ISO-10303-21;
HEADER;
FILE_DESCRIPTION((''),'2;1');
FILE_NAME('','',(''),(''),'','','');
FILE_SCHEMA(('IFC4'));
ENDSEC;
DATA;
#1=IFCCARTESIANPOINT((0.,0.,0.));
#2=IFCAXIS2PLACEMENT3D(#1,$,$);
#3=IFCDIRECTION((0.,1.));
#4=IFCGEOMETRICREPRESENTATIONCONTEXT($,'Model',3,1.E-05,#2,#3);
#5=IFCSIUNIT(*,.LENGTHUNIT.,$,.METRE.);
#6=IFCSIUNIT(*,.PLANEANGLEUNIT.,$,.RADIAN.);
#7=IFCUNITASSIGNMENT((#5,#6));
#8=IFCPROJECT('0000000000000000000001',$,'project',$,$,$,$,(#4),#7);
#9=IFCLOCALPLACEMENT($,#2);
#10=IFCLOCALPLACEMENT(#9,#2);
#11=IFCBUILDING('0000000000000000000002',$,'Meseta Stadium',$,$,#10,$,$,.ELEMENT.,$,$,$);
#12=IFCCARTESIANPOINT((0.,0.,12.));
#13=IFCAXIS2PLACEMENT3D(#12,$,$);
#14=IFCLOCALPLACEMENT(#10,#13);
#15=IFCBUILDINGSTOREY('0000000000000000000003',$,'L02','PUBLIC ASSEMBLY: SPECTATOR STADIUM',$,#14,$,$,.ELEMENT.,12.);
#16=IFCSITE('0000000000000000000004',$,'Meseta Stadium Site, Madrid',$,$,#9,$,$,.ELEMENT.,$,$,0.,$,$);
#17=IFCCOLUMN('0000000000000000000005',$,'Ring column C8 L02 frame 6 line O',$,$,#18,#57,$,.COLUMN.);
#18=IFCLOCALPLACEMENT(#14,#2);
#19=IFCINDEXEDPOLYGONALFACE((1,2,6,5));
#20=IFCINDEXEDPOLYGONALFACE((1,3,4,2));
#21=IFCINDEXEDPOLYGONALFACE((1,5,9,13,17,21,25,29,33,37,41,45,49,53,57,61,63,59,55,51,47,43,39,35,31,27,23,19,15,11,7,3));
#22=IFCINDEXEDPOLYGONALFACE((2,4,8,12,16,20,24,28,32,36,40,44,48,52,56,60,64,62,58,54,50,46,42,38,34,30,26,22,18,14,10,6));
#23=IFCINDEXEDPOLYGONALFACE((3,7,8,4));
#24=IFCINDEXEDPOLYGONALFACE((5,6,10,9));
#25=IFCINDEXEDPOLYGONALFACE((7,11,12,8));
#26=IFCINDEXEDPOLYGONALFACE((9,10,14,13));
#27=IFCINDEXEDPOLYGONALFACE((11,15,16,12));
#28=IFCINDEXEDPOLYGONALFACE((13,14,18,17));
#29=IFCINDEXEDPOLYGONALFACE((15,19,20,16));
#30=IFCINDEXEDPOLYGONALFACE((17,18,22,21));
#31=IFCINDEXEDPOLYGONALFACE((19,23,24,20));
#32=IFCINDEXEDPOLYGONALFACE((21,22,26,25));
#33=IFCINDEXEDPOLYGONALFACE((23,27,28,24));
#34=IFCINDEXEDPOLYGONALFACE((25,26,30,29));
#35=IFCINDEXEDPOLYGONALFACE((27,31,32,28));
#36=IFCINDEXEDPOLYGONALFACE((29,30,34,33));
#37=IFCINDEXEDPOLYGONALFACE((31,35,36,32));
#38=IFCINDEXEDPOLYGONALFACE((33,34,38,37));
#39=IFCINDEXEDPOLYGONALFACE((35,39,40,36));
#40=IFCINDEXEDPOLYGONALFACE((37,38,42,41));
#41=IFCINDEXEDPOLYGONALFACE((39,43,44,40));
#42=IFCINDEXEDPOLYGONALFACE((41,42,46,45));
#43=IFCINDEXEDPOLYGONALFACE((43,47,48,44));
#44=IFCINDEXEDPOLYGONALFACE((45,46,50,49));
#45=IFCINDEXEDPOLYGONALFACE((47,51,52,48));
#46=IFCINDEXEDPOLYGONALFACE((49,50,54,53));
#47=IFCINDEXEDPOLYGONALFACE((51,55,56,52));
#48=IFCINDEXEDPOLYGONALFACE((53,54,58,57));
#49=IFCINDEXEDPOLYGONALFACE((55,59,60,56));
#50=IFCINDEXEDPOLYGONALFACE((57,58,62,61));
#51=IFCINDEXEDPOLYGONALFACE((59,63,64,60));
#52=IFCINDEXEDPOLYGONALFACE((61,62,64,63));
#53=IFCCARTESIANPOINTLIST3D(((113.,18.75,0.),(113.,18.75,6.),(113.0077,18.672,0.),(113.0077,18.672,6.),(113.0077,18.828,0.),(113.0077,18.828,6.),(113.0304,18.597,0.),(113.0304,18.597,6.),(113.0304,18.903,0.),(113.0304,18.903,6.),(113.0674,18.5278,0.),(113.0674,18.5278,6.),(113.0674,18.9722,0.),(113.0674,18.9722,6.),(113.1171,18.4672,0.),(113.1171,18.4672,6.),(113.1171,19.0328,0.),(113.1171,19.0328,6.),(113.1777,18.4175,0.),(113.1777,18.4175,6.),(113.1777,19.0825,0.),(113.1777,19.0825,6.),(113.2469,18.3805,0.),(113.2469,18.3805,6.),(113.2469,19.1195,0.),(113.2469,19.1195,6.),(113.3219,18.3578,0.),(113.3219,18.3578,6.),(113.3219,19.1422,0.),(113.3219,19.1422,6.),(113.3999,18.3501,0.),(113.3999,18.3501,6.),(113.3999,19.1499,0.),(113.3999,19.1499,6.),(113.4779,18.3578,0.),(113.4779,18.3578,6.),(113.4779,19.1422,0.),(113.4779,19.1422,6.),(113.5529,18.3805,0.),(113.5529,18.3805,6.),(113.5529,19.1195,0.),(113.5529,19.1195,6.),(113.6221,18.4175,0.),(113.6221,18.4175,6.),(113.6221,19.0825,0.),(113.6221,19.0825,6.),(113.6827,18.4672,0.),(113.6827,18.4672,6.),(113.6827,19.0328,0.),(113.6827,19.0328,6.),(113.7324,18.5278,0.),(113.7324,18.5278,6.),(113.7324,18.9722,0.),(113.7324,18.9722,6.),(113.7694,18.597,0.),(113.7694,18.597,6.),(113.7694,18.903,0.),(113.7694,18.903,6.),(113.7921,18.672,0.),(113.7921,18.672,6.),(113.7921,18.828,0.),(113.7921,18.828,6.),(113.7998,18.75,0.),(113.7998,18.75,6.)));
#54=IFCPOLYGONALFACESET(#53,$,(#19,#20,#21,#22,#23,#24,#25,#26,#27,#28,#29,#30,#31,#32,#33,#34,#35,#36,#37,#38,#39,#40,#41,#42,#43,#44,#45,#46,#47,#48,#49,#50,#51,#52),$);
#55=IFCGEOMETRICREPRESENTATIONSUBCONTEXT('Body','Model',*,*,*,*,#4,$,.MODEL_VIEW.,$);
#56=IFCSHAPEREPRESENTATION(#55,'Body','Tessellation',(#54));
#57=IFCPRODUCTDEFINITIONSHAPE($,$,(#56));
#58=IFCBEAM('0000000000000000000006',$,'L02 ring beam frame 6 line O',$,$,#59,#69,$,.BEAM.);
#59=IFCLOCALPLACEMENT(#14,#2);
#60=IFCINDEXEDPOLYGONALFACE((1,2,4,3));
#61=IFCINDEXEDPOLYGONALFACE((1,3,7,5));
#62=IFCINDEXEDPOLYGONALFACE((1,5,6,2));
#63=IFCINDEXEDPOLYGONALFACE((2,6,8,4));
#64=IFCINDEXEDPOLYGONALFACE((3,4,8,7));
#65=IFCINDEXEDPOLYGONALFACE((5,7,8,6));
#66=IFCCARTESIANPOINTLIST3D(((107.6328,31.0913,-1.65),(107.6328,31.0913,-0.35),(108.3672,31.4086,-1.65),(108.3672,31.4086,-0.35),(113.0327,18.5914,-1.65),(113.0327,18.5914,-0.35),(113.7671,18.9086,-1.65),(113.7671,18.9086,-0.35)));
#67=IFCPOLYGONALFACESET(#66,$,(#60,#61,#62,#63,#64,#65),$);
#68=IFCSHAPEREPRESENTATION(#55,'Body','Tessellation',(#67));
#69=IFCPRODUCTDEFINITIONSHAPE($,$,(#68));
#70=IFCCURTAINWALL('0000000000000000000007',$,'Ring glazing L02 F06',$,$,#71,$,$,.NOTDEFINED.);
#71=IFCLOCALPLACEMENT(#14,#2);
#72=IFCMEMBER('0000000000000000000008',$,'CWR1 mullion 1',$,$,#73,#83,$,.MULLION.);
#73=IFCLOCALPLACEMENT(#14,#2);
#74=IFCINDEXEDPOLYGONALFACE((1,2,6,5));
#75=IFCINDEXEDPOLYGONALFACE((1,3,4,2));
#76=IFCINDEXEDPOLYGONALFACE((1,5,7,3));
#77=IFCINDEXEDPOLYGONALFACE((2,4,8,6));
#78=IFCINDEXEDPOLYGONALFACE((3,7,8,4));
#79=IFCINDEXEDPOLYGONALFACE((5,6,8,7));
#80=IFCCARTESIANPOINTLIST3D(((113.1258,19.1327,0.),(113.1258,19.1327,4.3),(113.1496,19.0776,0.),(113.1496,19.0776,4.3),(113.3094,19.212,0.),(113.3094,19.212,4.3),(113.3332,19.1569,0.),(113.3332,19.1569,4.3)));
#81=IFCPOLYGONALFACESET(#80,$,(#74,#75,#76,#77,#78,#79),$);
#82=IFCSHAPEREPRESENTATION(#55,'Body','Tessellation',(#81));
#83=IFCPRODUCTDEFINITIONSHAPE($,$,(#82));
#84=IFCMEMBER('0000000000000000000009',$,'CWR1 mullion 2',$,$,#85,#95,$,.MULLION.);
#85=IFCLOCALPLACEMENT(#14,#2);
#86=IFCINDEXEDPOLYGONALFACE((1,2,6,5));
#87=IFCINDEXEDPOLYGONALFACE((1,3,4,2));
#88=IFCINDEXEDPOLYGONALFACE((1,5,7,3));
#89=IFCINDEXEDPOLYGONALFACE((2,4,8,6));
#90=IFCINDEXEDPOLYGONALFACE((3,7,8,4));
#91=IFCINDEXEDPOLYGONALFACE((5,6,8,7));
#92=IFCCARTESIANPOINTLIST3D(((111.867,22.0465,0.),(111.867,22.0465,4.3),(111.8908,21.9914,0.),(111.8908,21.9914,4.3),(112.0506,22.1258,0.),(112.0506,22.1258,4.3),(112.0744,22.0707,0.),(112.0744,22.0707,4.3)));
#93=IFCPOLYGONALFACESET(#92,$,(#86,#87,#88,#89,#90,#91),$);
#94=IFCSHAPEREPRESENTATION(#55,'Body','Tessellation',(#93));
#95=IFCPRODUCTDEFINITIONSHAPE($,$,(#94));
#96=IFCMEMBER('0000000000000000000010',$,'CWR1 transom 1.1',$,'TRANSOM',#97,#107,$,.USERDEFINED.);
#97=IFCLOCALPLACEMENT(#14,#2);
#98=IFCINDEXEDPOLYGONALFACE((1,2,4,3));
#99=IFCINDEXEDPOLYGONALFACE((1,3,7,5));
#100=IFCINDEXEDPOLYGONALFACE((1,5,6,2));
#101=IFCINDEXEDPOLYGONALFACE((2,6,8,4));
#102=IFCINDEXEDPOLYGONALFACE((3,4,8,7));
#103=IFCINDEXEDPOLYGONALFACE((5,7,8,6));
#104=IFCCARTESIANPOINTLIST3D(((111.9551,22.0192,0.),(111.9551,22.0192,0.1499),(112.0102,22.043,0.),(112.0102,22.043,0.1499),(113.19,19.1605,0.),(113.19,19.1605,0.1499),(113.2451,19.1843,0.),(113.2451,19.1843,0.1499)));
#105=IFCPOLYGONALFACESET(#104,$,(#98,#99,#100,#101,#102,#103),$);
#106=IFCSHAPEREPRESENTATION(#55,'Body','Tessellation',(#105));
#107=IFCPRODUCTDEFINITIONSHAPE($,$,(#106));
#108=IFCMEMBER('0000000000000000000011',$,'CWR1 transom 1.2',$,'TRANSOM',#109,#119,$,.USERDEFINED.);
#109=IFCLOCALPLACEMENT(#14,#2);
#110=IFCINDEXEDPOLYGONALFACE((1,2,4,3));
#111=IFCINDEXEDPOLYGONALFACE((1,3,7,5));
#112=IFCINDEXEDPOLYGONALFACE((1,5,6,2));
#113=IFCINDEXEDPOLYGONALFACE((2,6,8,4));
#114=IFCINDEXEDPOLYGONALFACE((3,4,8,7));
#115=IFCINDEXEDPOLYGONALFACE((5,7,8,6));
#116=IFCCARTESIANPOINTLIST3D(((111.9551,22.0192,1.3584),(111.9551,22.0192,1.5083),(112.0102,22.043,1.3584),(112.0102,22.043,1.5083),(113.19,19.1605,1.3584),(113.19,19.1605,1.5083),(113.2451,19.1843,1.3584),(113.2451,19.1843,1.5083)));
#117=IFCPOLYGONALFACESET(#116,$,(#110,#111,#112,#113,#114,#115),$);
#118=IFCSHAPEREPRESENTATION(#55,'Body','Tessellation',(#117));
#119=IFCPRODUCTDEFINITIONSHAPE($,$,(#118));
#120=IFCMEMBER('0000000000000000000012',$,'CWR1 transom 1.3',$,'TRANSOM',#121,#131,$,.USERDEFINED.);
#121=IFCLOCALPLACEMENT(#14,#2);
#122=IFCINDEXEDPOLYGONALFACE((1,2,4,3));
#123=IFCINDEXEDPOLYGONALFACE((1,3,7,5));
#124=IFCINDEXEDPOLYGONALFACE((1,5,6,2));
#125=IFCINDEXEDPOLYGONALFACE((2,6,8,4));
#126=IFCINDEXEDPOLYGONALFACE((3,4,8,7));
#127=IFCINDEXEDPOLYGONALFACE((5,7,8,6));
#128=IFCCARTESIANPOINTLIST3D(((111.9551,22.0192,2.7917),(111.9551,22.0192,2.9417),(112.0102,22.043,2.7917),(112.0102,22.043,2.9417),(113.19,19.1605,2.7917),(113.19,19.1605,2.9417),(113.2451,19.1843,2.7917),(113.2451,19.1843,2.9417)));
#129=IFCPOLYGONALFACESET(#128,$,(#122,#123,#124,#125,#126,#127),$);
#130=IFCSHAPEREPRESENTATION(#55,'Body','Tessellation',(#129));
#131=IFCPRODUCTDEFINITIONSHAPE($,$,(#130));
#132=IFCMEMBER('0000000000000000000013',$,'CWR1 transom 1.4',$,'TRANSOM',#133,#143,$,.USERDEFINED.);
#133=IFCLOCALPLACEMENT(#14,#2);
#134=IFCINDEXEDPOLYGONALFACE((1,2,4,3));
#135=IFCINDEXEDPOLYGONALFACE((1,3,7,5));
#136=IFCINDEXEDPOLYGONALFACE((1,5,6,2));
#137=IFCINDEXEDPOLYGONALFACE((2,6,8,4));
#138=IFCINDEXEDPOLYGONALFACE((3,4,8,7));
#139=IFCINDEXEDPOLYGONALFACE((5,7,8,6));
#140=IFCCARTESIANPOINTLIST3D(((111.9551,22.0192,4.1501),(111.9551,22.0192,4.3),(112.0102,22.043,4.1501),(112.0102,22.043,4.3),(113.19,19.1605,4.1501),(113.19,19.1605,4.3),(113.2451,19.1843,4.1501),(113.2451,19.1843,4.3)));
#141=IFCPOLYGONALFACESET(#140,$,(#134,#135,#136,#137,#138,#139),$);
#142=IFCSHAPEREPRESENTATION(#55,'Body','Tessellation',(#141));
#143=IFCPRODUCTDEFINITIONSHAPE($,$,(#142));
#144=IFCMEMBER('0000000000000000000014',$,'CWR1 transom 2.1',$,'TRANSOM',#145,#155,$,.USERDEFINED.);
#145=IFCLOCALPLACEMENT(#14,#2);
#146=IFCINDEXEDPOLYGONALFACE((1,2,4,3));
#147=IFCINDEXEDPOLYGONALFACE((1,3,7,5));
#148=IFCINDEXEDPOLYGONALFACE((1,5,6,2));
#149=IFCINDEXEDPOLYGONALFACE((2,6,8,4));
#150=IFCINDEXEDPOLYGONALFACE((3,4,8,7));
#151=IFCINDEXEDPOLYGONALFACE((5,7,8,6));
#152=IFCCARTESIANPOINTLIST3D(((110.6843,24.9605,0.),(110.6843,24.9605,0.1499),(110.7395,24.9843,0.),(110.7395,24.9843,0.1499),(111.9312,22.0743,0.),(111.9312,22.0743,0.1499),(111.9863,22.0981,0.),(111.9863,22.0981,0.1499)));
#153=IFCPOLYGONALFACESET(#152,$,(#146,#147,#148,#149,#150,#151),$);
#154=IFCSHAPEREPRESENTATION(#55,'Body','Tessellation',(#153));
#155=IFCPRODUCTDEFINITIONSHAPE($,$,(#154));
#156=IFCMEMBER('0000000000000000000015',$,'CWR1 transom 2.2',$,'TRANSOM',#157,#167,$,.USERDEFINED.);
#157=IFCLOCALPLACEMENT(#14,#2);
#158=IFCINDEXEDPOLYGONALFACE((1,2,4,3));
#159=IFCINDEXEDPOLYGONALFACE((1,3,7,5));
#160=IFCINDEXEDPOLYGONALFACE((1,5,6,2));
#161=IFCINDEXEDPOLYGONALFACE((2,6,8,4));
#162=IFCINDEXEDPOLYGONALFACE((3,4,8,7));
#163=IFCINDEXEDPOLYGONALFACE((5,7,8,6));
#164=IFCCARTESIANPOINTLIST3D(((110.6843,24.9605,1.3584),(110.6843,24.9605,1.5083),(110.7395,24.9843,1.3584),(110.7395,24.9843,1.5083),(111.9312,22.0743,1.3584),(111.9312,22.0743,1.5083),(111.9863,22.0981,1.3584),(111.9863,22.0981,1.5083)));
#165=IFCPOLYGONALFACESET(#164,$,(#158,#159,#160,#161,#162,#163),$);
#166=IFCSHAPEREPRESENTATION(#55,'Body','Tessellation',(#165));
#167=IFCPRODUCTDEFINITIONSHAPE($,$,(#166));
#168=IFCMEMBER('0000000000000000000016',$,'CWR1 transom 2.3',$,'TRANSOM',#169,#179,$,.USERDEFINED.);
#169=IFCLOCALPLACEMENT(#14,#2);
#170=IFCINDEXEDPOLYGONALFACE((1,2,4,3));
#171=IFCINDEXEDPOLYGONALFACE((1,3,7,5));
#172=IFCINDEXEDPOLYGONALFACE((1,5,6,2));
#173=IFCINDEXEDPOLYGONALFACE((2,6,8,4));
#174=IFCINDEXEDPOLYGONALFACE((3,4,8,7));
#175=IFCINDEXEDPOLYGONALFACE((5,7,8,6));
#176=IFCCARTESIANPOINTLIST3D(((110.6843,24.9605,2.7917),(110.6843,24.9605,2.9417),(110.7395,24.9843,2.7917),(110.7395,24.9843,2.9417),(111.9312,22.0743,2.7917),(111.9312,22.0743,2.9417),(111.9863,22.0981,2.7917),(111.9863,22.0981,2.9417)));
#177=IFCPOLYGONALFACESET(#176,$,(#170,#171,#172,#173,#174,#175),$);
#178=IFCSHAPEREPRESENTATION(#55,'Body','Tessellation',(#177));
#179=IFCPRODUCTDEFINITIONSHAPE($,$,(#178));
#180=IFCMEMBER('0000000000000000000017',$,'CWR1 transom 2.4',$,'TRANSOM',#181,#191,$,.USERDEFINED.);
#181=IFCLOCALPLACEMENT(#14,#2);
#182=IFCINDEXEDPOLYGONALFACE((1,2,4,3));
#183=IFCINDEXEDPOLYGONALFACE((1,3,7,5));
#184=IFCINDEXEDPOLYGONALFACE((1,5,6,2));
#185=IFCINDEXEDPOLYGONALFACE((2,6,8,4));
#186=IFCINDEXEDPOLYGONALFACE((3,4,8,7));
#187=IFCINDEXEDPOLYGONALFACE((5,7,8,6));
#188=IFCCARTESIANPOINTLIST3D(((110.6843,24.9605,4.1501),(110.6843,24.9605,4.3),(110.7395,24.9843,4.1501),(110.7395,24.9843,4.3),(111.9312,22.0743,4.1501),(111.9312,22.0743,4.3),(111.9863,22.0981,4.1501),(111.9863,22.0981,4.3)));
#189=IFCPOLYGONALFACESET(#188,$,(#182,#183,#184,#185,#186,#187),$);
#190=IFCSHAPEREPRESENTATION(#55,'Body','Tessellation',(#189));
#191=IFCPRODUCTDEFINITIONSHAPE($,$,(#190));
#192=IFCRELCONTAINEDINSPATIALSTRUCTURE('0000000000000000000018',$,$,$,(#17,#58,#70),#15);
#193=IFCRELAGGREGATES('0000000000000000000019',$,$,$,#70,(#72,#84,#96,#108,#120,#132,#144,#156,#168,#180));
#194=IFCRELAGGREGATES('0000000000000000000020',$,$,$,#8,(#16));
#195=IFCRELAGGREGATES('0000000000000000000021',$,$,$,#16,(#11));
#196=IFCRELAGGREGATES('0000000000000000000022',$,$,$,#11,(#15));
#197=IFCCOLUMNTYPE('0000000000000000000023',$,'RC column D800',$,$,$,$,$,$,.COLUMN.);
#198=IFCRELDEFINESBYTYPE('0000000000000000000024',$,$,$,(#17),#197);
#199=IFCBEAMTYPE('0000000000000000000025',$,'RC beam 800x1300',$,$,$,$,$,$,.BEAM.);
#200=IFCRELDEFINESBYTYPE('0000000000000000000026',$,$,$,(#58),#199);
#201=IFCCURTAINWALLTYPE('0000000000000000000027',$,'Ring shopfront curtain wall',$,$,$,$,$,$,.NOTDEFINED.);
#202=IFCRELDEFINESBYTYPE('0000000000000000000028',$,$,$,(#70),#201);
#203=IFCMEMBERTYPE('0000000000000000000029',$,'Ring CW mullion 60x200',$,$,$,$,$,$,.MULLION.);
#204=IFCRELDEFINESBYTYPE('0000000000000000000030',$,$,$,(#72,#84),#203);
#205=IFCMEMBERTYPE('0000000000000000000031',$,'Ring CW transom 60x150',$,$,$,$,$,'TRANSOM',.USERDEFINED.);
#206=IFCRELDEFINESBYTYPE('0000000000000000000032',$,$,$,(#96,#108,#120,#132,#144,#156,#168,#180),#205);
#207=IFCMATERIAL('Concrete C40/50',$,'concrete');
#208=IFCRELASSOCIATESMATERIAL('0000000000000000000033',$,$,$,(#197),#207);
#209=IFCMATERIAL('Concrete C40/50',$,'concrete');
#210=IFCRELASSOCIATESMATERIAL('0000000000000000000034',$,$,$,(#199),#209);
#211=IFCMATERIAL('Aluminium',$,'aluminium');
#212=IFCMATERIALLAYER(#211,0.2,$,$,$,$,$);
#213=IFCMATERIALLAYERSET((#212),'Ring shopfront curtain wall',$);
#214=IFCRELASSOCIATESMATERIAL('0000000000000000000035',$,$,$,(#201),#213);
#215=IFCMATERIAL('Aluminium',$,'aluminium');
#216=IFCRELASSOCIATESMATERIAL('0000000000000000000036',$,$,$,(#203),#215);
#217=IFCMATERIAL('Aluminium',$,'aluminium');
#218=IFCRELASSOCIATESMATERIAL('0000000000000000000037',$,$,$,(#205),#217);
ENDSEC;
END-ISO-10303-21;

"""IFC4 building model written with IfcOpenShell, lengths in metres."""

from ifc_helpers import new_model, si_unit, direction, frame, origin, origin_2d, place, context, subcontext, project, spatial, rectangle, circle, extrude, material, layer, layer_set, material_profile, profile_set, type_object, element, aggregate, save


model = new_model("IFC4")

# Units and contexts
model_context = context("Model", 3, precision=1e-05, world=origin(), true_north=direction((0.0, 1.0)))
body_context = subcontext(model_context, "Body", "Model", "MODEL_VIEW")
ifc_project = project(units=[si_unit("LENGTHUNIT", "METRE"), si_unit("PLANEANGLEUNIT", "RADIAN")], contexts=[model_context])

# Site, building, storey
site_placement = place(None, origin())
site = spatial("IfcSite", under=ifc_project, at=site_placement, Name="Meseta Stadium Site, Madrid", CompositionType="ELEMENT", RefElevation=0.0)
building_placement = place(site_placement, origin())
building = spatial("IfcBuilding", under=site, at=building_placement, Name="Meseta Stadium", CompositionType="ELEMENT")
storey_placement = place(building_placement, frame((0.0, 0.0, 12.0)))
storey = spatial("IfcBuildingStorey", under=building, at=storey_placement, Name="L02", Description="PUBLIC ASSEMBLY: SPECTATOR STADIUM", CompositionType="ELEMENT", Elevation=12.0)

# Column
ifc_material_1 = material(Name="Concrete C40/50", Category="concrete")
ifc_material_profile_1 = material_profile(ifc_material_1, circle(Radius=0.3999, at=origin_2d()), Name="RC D800")
ifc_profile_set_1 = profile_set([ifc_material_profile_1], Name="Concrete C40/50")
column_type = type_object("IfcColumnType", Name="RC column D800", PredefinedType="COLUMN", material=ifc_profile_set_1)
column_placement = place(storey_placement, frame((113.3999, 18.75, 0.0), z_axis=(0.0, 0.0, 1.0), x_axis=(1.0, 0.0, 0.0)))
element("IfcColumn", 1, at=column_placement, inside=storey, type_object=column_type, Name="Ring column C8 L02 frame 6 line O", PredefinedType="COLUMN", context=body_context, shape_type="SweptSolid", body=[
    extrude(circle(Radius=0.3999, at=origin_2d()), origin(), (0.0, 0.0, 1.0), 6.0),
])

# Beam
ifc_material_2 = material(Name="Concrete C40/50", Category="concrete")
ifc_material_profile_2 = material_profile(ifc_material_2, rectangle(XDim=0.8, YDim=1.3, at=origin_2d()), Name="RC 800x1300")
ifc_profile_set_2 = profile_set([ifc_material_profile_2], Name="Concrete C40/50")
beam_type = type_object("IfcBeamType", Name="RC beam 800x1300", PredefinedType="BEAM", material=ifc_profile_set_2)
beam_placement = place(storey_placement, frame((113.3999, 18.75, -1.0), z_axis=(-0.396571, 0.918004, 0.0), x_axis=(-0.918004, -0.396571, 0.0)))
element("IfcBeam", 2, at=beam_placement, inside=storey, type_object=beam_type, Name="L02 ring beam frame 6 line O", PredefinedType="BEAM", context=body_context, shape_type="SweptSolid", body=[
    extrude(rectangle(XDim=0.8, YDim=1.3, at=origin_2d()), origin(), (0.0, 0.0, 1.0), 13.6165),
])

# Curtain wall, members
ifc_material_3 = material(Name="Aluminium", Category="aluminium")
ifc_layer_1 = layer(ifc_material_3, 0.2)
ifc_layer_set_1 = layer_set([ifc_layer_1], Name="Ring shopfront curtain wall")
curtain_wall_type = type_object("IfcCurtainWallType", Name="Ring shopfront curtain wall", PredefinedType="NOTDEFINED", material=ifc_layer_set_1)
curtain_wall_placement = place(storey_placement, origin())
curtain_wall = element("IfcCurtainWall", 3, at=curtain_wall_placement, inside=storey, type_object=curtain_wall_type, Name="Ring glazing L02 F06", PredefinedType="NOTDEFINED")
ifc_material_4 = material(Name="Aluminium", Category="aluminium")
ifc_material_profile_3 = material_profile(ifc_material_4, rectangle(XDim=0.2, YDim=0.0601, at=origin_2d()), Name="CW 200x60")
ifc_profile_set_3 = profile_set([ifc_material_profile_3], Name="Aluminium")
member_type_1 = type_object("IfcMemberType", Name="Ring CW mullion 60x200", PredefinedType="MULLION", material=ifc_profile_set_3)
member_1_placement = place(storey_placement, frame((113.2295, 19.1448, 0.0), z_axis=(0.0, 0.0, 1.0), x_axis=(-0.918, -0.396581, 0.0)))
member_1 = element("IfcMember", 4, at=member_1_placement, type_object=member_type_1, Name="CWR1 mullion 1", PredefinedType="MULLION", context=body_context, shape_type="SweptSolid", body=[
    extrude(rectangle(XDim=0.2, YDim=0.0601, at=origin_2d()), origin(), (0.0, 0.0, 1.0), 4.3),
])
member_2_placement = place(storey_placement, frame((111.9707, 22.0586, 0.0), z_axis=(0.0, 0.0, 1.0), x_axis=(-0.918, -0.396581, 0.0)))
member_2 = element("IfcMember", 5, at=member_2_placement, type_object=member_type_1, Name="CWR1 mullion 2", PredefinedType="MULLION", context=body_context, shape_type="SweptSolid", body=[
    extrude(rectangle(XDim=0.2, YDim=0.0601, at=origin_2d()), origin(), (0.0, 0.0, 1.0), 4.3),
])
ifc_material_5 = material(Name="Aluminium", Category="aluminium")
ifc_material_profile_4 = material_profile(ifc_material_5, rectangle(XDim=0.0601, YDim=0.1499, at=origin_2d()), Name="CW 60x150")
ifc_profile_set_4 = profile_set([ifc_material_profile_4], Name="Aluminium")
member_type_2 = type_object("IfcMemberType", Name="Ring CW transom 60x150", ElementType="TRANSOM", PredefinedType="USERDEFINED", material=ifc_profile_set_4)
member_3_placement = place(storey_placement, frame((113.2175, 19.1724, 0.075), z_axis=(-0.396558, 0.91801, 0.0), x_axis=(-0.91801, -0.396558, 0.0)))
member_3 = element("IfcMember", 6, at=member_3_placement, type_object=member_type_2, Name="CWR1 transom 1.1", ObjectType="TRANSOM", PredefinedType="USERDEFINED", context=body_context, shape_type="SweptSolid", body=[
    extrude(rectangle(XDim=0.0601, YDim=0.1499, at=origin_2d()), origin(), (0.0, 0.0, 1.0), 3.114),
])
member_4_placement = place(storey_placement, frame((113.2175, 19.1724, 1.4333), z_axis=(-0.396558, 0.91801, 0.0), x_axis=(-0.91801, -0.396558, 0.0)))
member_4 = element("IfcMember", 7, at=member_4_placement, type_object=member_type_2, Name="CWR1 transom 1.2", ObjectType="TRANSOM", PredefinedType="USERDEFINED", context=body_context, shape_type="SweptSolid", body=[
    extrude(rectangle(XDim=0.0601, YDim=0.1499, at=origin_2d()), origin(), (0.0, 0.0, 1.0), 3.114),
])
member_5_placement = place(storey_placement, frame((113.2175, 19.1724, 2.8667), z_axis=(-0.396558, 0.91801, 0.0), x_axis=(-0.91801, -0.396558, 0.0)))
member_5 = element("IfcMember", 8, at=member_5_placement, type_object=member_type_2, Name="CWR1 transom 1.3", ObjectType="TRANSOM", PredefinedType="USERDEFINED", context=body_context, shape_type="SweptSolid", body=[
    extrude(rectangle(XDim=0.0601, YDim=0.1499, at=origin_2d()), origin(), (0.0, 0.0, 1.0), 3.114),
])
member_6_placement = place(storey_placement, frame((113.2175, 19.1724, 4.2251), z_axis=(-0.396558, 0.91801, 0.0), x_axis=(-0.91801, -0.396558, 0.0)))
member_6 = element("IfcMember", 9, at=member_6_placement, type_object=member_type_2, Name="CWR1 transom 1.4", ObjectType="TRANSOM", PredefinedType="USERDEFINED", context=body_context, shape_type="SweptSolid", body=[
    extrude(rectangle(XDim=0.0601, YDim=0.1499, at=origin_2d()), origin(), (0.0, 0.0, 1.0), 3.114),
])
member_7_placement = place(storey_placement, frame((111.9587, 22.0862, 0.075), z_axis=(-0.39657, 0.918005, 0.0), x_axis=(-0.918005, -0.39657, 0.0)))
member_7 = element("IfcMember", 10, at=member_7_placement, type_object=member_type_2, Name="CWR1 transom 2.1", ObjectType="TRANSOM", PredefinedType="USERDEFINED", context=body_context, shape_type="SweptSolid", body=[
    extrude(rectangle(XDim=0.0601, YDim=0.1499, at=origin_2d()), origin(), (0.0, 0.0, 1.0), 3.144),
])
member_8_placement = place(storey_placement, frame((111.9587, 22.0862, 1.4333), z_axis=(-0.39657, 0.918005, 0.0), x_axis=(-0.918005, -0.39657, 0.0)))
member_8 = element("IfcMember", 11, at=member_8_placement, type_object=member_type_2, Name="CWR1 transom 2.2", ObjectType="TRANSOM", PredefinedType="USERDEFINED", context=body_context, shape_type="SweptSolid", body=[
    extrude(rectangle(XDim=0.0601, YDim=0.1499, at=origin_2d()), origin(), (0.0, 0.0, 1.0), 3.144),
])
member_9_placement = place(storey_placement, frame((111.9587, 22.0862, 2.8667), z_axis=(-0.39657, 0.918005, 0.0), x_axis=(-0.918005, -0.39657, 0.0)))
member_9 = element("IfcMember", 12, at=member_9_placement, type_object=member_type_2, Name="CWR1 transom 2.3", ObjectType="TRANSOM", PredefinedType="USERDEFINED", context=body_context, shape_type="SweptSolid", body=[
    extrude(rectangle(XDim=0.0601, YDim=0.1499, at=origin_2d()), origin(), (0.0, 0.0, 1.0), 3.144),
])
member_10_placement = place(storey_placement, frame((111.9587, 22.0862, 4.2251), z_axis=(-0.39657, 0.918005, 0.0), x_axis=(-0.918005, -0.39657, 0.0)))
member_10 = element("IfcMember", 13, at=member_10_placement, type_object=member_type_2, Name="CWR1 transom 2.4", ObjectType="TRANSOM", PredefinedType="USERDEFINED", context=body_context, shape_type="SweptSolid", body=[
    extrude(rectangle(XDim=0.0601, YDim=0.1499, at=origin_2d()), origin(), (0.0, 0.0, 1.0), 3.144),
])
aggregate(curtain_wall, [member_1, member_2, member_3, member_4, member_5, member_6, member_7, member_8, member_9, member_10])

save(model, "model.ifc")
